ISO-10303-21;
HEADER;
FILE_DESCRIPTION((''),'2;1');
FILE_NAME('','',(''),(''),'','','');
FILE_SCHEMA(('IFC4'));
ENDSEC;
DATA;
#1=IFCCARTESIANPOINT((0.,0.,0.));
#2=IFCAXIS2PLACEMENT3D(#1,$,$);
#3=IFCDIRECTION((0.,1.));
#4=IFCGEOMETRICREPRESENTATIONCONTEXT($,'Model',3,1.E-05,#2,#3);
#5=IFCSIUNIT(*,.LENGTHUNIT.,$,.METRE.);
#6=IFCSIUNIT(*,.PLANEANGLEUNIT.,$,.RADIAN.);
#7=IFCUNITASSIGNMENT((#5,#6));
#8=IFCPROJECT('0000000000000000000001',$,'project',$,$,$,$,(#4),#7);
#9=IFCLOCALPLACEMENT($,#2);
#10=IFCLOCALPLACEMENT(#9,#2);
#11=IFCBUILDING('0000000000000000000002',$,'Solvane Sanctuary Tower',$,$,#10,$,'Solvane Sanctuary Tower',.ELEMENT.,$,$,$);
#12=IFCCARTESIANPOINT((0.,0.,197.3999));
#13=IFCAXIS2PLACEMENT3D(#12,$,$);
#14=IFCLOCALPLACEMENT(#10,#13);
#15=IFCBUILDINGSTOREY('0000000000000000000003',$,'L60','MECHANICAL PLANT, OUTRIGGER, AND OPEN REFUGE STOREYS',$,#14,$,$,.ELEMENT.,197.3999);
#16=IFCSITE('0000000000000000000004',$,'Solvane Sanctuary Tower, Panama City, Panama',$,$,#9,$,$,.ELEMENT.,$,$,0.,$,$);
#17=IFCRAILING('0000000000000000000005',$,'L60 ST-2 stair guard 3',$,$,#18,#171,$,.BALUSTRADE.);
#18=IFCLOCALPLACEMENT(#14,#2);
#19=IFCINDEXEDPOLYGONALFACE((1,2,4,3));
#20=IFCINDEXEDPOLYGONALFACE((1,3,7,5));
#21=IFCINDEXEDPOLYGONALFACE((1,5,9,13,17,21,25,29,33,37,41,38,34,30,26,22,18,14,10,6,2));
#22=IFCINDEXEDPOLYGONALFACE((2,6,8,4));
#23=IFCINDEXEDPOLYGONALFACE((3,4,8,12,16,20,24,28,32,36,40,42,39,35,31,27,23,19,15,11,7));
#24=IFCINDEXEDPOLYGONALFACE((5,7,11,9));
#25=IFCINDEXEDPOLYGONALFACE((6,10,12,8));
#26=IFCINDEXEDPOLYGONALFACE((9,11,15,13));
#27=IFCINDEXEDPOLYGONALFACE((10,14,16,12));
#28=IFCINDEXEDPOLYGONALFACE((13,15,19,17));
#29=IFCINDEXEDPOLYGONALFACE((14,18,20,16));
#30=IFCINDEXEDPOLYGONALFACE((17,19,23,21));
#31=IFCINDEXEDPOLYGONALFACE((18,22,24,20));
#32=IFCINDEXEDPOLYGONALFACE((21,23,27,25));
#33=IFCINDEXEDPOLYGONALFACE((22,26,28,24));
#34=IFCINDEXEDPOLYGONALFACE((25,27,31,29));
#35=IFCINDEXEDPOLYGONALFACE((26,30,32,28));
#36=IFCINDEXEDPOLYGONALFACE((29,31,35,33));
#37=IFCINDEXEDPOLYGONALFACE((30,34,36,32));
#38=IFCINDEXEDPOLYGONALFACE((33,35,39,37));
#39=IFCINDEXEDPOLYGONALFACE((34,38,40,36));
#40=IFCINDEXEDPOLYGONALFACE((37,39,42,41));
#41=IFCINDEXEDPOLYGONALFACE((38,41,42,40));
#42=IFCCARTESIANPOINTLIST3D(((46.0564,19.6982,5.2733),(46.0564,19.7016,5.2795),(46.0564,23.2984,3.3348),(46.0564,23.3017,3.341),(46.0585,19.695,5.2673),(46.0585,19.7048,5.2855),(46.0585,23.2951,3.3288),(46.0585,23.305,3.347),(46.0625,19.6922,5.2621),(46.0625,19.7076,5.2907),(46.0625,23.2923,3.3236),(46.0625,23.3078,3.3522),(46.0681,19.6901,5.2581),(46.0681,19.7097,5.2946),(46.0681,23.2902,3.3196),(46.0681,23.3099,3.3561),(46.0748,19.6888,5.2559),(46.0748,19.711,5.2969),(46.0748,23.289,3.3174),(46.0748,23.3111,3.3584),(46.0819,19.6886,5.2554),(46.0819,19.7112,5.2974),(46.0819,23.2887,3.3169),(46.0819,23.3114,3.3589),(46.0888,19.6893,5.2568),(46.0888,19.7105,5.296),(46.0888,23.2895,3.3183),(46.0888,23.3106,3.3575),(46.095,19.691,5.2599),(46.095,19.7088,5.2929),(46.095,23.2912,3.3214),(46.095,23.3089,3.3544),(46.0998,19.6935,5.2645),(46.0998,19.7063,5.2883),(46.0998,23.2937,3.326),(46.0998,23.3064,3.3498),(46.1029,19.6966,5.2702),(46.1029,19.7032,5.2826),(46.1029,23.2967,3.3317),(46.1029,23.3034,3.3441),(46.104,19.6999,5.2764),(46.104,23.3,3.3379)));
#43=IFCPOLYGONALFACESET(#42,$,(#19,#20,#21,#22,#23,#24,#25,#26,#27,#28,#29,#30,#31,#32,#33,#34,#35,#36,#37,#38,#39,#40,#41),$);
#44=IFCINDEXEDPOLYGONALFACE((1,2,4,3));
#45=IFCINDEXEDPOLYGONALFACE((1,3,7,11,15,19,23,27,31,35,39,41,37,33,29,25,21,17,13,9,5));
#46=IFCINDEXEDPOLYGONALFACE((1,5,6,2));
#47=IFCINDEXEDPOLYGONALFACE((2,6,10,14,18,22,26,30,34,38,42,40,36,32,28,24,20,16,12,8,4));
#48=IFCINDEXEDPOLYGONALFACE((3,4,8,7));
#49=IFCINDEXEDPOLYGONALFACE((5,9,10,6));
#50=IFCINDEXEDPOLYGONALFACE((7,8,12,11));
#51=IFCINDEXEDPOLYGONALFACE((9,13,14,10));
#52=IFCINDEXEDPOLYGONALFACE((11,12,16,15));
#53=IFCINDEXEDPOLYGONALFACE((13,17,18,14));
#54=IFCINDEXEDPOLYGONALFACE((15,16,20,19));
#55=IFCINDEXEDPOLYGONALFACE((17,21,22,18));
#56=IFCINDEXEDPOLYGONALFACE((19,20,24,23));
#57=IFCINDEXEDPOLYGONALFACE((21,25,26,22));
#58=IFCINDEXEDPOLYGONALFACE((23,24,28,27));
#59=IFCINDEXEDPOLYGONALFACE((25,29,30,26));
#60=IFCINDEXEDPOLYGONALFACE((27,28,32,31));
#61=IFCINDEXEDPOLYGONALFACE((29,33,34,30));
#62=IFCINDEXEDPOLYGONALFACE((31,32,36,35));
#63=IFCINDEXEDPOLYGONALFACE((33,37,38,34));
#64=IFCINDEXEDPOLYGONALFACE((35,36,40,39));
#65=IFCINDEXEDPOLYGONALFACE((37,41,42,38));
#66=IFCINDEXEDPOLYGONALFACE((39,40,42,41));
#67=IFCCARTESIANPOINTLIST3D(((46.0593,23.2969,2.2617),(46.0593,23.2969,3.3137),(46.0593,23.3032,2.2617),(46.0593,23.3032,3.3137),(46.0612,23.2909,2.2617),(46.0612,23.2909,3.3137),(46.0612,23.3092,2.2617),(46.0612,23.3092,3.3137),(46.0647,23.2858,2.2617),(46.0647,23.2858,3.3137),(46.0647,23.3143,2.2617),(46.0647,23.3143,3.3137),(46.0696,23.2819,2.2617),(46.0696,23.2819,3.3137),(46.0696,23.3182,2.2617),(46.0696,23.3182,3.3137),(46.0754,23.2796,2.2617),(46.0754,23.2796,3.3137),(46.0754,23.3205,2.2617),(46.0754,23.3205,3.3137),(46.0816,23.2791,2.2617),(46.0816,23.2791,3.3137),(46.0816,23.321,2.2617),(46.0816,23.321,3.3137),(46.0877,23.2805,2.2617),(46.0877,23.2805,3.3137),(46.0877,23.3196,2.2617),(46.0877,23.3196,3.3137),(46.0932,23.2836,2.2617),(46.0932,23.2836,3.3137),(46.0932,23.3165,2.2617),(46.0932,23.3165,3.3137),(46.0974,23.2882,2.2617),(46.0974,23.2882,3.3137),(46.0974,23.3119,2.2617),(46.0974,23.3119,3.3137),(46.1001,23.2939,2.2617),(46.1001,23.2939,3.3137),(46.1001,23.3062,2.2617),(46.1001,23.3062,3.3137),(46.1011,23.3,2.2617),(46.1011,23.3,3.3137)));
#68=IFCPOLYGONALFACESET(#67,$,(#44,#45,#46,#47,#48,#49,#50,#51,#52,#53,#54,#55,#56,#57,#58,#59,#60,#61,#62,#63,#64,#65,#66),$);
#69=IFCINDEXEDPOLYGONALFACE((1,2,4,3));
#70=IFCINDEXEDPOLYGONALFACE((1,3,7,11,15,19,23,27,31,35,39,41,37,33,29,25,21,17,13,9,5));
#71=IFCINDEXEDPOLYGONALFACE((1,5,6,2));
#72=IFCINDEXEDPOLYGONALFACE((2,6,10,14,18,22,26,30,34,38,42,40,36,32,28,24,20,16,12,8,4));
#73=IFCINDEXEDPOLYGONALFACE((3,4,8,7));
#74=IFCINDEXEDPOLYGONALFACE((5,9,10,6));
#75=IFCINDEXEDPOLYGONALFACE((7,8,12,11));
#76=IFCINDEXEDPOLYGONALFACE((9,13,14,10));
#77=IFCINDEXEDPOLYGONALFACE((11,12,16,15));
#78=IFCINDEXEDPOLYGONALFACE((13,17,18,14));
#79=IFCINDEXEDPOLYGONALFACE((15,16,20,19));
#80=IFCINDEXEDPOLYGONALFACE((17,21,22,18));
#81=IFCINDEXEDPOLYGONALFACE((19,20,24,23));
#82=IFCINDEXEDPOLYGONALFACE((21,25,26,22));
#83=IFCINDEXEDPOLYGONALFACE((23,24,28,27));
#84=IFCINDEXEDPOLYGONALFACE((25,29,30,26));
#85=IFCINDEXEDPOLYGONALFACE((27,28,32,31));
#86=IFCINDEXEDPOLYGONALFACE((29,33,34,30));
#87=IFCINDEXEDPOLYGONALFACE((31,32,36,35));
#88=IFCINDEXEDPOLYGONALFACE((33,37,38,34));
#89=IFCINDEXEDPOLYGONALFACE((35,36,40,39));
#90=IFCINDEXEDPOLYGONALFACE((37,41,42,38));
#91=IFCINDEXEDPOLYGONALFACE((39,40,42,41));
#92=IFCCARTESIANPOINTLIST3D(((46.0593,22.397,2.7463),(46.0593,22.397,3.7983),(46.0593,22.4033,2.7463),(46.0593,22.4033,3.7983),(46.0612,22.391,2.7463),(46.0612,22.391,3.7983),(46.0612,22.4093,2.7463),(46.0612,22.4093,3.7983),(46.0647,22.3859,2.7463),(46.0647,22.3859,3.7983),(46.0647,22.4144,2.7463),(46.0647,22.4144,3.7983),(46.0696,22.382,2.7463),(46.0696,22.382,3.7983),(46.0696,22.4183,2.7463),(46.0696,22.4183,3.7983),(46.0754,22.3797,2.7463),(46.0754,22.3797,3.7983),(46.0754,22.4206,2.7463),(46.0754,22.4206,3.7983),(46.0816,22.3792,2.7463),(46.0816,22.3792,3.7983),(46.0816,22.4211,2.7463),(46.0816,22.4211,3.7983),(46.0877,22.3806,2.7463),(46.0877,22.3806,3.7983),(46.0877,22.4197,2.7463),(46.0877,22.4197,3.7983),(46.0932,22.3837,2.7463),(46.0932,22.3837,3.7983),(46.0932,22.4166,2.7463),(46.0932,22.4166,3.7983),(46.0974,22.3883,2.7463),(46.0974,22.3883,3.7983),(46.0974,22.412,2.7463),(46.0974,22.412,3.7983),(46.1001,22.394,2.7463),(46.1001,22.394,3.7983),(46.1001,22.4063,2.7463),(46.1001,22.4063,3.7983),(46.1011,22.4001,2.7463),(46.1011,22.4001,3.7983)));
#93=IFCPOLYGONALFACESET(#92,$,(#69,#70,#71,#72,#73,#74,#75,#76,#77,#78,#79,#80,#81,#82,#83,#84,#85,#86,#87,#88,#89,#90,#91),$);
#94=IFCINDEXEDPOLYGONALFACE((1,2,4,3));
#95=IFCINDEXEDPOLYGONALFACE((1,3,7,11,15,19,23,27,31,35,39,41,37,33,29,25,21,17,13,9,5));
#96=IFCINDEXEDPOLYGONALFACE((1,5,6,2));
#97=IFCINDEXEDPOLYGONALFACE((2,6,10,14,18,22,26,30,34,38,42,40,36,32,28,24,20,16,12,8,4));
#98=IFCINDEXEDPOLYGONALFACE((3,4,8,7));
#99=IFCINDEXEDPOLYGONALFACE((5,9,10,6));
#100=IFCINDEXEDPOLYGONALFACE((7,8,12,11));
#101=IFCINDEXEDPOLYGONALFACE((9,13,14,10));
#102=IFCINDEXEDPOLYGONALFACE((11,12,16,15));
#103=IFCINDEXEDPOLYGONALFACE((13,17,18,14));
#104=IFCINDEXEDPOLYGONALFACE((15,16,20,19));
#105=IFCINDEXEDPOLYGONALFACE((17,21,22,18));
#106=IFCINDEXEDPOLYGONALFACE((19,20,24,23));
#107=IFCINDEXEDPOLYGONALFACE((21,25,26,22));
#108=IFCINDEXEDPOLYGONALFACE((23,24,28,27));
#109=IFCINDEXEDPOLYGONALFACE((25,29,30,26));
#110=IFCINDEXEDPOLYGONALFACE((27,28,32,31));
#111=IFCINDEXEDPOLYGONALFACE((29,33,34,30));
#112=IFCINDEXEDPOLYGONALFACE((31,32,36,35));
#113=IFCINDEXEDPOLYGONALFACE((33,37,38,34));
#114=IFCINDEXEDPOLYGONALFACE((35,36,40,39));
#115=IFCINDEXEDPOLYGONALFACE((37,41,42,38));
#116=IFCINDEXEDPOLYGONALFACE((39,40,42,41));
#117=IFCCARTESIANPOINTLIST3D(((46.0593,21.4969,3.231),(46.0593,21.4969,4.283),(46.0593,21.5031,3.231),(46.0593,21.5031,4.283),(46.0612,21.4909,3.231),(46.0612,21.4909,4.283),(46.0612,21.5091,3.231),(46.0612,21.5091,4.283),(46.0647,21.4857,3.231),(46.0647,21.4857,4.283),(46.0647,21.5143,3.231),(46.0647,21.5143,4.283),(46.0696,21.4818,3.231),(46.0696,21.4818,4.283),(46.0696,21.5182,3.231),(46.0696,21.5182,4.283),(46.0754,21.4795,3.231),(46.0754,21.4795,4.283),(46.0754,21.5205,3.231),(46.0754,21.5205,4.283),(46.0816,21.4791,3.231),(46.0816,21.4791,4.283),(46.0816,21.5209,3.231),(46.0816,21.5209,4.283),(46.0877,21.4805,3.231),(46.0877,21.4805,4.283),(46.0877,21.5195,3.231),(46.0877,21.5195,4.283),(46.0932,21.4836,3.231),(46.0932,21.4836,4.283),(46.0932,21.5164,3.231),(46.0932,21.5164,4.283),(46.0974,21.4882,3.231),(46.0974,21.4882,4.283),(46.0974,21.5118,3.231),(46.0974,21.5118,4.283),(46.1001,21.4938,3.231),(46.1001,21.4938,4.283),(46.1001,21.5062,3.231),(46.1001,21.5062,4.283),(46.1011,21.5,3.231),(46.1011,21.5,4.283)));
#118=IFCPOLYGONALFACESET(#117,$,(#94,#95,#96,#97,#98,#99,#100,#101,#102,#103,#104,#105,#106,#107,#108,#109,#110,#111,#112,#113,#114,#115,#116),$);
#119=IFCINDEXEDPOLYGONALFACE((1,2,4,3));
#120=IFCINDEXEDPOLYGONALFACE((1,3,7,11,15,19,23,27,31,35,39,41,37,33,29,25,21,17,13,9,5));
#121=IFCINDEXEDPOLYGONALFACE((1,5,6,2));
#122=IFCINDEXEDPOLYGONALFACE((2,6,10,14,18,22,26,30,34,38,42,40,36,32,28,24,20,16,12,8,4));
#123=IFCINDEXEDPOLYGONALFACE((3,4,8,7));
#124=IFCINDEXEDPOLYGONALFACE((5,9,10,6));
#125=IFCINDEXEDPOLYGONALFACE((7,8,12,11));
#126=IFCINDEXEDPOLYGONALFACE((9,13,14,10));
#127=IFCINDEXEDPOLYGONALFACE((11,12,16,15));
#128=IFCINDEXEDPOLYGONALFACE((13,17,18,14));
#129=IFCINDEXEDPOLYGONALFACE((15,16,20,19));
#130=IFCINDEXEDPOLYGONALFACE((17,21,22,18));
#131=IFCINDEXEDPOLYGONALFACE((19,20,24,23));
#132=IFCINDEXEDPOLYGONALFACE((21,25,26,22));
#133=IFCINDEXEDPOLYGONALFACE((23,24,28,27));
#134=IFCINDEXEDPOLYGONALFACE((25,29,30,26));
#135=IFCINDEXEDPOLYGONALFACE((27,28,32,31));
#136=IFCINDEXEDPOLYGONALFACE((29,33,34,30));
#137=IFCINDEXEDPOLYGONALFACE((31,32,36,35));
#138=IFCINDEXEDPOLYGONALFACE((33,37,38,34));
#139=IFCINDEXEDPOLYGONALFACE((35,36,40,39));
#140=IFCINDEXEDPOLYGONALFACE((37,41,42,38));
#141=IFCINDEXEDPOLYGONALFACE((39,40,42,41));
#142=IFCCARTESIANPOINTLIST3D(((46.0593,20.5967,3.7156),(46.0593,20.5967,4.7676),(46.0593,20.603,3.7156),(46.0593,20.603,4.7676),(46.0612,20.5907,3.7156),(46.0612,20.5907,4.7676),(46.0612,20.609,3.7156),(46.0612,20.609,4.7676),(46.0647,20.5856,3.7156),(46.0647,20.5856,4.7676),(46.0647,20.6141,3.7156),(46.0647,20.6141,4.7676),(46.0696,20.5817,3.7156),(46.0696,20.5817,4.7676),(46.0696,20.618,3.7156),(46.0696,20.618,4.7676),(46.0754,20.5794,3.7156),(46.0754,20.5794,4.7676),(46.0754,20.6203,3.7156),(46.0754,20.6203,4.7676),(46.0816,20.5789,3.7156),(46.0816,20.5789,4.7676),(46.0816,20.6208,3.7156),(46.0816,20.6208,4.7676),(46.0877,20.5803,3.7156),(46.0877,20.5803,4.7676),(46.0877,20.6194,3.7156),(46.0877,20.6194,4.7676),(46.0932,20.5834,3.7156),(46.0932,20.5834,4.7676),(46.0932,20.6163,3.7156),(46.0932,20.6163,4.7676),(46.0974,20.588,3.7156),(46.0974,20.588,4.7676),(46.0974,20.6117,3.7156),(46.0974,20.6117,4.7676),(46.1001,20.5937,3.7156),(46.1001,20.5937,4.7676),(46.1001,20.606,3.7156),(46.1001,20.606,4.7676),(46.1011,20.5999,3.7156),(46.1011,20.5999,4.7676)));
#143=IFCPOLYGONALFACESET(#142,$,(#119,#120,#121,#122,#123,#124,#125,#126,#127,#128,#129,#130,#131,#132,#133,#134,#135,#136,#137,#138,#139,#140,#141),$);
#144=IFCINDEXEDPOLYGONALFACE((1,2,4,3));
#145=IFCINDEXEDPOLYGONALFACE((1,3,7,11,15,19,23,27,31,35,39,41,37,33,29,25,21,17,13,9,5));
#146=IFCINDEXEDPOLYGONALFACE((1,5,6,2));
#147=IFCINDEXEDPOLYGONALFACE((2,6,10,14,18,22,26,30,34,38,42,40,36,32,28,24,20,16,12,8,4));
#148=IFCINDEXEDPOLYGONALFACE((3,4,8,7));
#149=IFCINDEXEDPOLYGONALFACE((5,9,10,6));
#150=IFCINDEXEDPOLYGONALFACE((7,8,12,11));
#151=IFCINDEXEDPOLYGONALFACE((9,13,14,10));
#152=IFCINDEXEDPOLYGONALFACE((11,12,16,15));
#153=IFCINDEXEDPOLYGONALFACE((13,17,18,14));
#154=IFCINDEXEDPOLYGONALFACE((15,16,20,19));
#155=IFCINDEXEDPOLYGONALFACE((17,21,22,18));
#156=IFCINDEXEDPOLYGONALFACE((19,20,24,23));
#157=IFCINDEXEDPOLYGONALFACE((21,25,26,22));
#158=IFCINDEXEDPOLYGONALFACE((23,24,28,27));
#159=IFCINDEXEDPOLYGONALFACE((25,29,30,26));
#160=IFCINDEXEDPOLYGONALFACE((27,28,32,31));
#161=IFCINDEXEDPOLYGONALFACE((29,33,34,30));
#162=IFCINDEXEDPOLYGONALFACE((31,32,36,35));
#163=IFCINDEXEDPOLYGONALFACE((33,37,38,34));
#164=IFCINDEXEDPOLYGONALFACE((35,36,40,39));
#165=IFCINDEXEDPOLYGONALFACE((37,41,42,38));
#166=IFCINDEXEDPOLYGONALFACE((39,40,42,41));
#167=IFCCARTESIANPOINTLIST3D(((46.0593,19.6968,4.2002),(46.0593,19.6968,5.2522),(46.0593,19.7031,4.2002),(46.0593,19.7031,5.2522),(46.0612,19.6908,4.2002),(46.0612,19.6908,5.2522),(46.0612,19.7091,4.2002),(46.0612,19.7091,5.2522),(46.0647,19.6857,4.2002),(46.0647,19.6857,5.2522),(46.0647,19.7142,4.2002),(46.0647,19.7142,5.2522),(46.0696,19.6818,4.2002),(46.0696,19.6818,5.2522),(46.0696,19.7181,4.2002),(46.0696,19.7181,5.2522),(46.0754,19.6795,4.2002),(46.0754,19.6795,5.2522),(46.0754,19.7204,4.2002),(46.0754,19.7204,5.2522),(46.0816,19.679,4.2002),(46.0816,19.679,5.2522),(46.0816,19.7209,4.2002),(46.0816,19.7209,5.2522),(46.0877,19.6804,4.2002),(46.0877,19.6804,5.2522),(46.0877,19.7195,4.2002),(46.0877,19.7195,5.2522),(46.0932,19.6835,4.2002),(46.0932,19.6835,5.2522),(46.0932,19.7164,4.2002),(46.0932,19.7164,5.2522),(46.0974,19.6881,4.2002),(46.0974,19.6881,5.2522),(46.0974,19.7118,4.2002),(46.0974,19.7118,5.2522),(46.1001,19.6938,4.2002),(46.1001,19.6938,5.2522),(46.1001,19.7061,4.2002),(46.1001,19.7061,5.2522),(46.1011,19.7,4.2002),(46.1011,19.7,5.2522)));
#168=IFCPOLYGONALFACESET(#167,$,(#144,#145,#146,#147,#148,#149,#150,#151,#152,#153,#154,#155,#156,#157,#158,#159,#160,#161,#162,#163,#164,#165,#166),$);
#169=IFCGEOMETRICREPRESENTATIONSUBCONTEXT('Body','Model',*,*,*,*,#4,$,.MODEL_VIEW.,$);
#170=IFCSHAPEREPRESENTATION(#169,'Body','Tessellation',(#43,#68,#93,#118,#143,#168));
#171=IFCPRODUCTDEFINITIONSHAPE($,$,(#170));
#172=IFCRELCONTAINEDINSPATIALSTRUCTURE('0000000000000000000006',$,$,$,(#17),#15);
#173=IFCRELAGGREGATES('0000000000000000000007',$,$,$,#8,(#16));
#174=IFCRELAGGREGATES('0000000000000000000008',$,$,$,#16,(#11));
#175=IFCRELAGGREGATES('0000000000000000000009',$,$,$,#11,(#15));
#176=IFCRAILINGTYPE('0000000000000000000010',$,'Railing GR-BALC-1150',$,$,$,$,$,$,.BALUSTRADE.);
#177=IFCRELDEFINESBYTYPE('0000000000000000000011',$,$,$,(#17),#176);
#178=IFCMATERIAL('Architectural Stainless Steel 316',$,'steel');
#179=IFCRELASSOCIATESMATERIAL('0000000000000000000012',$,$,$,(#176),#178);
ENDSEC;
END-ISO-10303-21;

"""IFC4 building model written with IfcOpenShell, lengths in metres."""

from ifc_helpers import new_model, si_unit, direction, frame, origin, origin_2d, place, context, subcontext, project, spatial, circle, extrude, material, type_object, element, save


model = new_model("IFC4")

# Units and contexts
model_context = context("Model", 3, precision=1e-05, world=origin(), true_north=direction((0.0, 1.0)))
body_context = subcontext(model_context, "Body", "Model", "MODEL_VIEW")
ifc_project = project(units=[si_unit("LENGTHUNIT", "METRE"), si_unit("PLANEANGLEUNIT", "RADIAN")], contexts=[model_context])

# Site, building, storey
site_placement = place(None, origin())
site = spatial("IfcSite", under=ifc_project, at=site_placement, Name="Solvane Sanctuary Tower, Panama City, Panama", CompositionType="ELEMENT", RefElevation=0.0)
building_placement = place(site_placement, origin())
building = spatial("IfcBuilding", under=site, at=building_placement, Name="Solvane Sanctuary Tower", LongName="Solvane Sanctuary Tower", CompositionType="ELEMENT")
storey_placement = place(building_placement, frame((0.0, 0.0, 197.3999)))
storey = spatial("IfcBuildingStorey", under=building, at=storey_placement, Name="L60", Description="MECHANICAL PLANT, OUTRIGGER, AND OPEN REFUGE STOREYS", CompositionType="ELEMENT", Elevation=197.3999)

# Shared definitions
ifc_material_1 = material(Name="Architectural Stainless Steel 316", Category="steel")

# Railing
railing_type_1 = type_object("IfcRailingType", Name="Railing GR-BALC-1150", PredefinedType="BALUSTRADE", material=ifc_material_1)
railing_1_placement = place(storey_placement, frame((46.0801, 23.3, 2.2617)))
element("IfcRailing", 1, at=railing_1_placement, inside=storey, type_object=railing_type_1, Name="L60 ST-2 stair guard 3", PredefinedType="BALUSTRADE", context=body_context, shape_type="SweptSolid", body=[
    extrude(circle(Radius=0.0239, at=origin_2d()), frame((0.0, 0.0, 1.0762), z_axis=(0.0, -0.880475, 0.474093), x_axis=(1.0, 0.0, 0.0)), (0.0, 0.0, 1.0), 4.0889),
    extrude(circle(Radius=0.021, at=origin_2d()), origin(), (0.0, 0.0, 1.0), 1.052),
    extrude(circle(Radius=0.021, at=origin_2d()), frame((0.0, -0.8999, 0.4846)), (0.0, 0.0, 1.0), 1.052),
    extrude(circle(Radius=0.021, at=origin_2d()), frame((0.0, -1.8, 0.9692)), (0.0, 0.0, 1.0), 1.052),
    extrude(circle(Radius=0.021, at=origin_2d()), frame((0.0, -2.7002, 1.4539)), (0.0, 0.0, 1.0), 1.052),
    extrude(circle(Radius=0.021, at=origin_2d()), frame((0.0, -3.6001, 1.9385)), (0.0, 0.0, 1.0), 1.052),
])

save(model, "model.ifc")
